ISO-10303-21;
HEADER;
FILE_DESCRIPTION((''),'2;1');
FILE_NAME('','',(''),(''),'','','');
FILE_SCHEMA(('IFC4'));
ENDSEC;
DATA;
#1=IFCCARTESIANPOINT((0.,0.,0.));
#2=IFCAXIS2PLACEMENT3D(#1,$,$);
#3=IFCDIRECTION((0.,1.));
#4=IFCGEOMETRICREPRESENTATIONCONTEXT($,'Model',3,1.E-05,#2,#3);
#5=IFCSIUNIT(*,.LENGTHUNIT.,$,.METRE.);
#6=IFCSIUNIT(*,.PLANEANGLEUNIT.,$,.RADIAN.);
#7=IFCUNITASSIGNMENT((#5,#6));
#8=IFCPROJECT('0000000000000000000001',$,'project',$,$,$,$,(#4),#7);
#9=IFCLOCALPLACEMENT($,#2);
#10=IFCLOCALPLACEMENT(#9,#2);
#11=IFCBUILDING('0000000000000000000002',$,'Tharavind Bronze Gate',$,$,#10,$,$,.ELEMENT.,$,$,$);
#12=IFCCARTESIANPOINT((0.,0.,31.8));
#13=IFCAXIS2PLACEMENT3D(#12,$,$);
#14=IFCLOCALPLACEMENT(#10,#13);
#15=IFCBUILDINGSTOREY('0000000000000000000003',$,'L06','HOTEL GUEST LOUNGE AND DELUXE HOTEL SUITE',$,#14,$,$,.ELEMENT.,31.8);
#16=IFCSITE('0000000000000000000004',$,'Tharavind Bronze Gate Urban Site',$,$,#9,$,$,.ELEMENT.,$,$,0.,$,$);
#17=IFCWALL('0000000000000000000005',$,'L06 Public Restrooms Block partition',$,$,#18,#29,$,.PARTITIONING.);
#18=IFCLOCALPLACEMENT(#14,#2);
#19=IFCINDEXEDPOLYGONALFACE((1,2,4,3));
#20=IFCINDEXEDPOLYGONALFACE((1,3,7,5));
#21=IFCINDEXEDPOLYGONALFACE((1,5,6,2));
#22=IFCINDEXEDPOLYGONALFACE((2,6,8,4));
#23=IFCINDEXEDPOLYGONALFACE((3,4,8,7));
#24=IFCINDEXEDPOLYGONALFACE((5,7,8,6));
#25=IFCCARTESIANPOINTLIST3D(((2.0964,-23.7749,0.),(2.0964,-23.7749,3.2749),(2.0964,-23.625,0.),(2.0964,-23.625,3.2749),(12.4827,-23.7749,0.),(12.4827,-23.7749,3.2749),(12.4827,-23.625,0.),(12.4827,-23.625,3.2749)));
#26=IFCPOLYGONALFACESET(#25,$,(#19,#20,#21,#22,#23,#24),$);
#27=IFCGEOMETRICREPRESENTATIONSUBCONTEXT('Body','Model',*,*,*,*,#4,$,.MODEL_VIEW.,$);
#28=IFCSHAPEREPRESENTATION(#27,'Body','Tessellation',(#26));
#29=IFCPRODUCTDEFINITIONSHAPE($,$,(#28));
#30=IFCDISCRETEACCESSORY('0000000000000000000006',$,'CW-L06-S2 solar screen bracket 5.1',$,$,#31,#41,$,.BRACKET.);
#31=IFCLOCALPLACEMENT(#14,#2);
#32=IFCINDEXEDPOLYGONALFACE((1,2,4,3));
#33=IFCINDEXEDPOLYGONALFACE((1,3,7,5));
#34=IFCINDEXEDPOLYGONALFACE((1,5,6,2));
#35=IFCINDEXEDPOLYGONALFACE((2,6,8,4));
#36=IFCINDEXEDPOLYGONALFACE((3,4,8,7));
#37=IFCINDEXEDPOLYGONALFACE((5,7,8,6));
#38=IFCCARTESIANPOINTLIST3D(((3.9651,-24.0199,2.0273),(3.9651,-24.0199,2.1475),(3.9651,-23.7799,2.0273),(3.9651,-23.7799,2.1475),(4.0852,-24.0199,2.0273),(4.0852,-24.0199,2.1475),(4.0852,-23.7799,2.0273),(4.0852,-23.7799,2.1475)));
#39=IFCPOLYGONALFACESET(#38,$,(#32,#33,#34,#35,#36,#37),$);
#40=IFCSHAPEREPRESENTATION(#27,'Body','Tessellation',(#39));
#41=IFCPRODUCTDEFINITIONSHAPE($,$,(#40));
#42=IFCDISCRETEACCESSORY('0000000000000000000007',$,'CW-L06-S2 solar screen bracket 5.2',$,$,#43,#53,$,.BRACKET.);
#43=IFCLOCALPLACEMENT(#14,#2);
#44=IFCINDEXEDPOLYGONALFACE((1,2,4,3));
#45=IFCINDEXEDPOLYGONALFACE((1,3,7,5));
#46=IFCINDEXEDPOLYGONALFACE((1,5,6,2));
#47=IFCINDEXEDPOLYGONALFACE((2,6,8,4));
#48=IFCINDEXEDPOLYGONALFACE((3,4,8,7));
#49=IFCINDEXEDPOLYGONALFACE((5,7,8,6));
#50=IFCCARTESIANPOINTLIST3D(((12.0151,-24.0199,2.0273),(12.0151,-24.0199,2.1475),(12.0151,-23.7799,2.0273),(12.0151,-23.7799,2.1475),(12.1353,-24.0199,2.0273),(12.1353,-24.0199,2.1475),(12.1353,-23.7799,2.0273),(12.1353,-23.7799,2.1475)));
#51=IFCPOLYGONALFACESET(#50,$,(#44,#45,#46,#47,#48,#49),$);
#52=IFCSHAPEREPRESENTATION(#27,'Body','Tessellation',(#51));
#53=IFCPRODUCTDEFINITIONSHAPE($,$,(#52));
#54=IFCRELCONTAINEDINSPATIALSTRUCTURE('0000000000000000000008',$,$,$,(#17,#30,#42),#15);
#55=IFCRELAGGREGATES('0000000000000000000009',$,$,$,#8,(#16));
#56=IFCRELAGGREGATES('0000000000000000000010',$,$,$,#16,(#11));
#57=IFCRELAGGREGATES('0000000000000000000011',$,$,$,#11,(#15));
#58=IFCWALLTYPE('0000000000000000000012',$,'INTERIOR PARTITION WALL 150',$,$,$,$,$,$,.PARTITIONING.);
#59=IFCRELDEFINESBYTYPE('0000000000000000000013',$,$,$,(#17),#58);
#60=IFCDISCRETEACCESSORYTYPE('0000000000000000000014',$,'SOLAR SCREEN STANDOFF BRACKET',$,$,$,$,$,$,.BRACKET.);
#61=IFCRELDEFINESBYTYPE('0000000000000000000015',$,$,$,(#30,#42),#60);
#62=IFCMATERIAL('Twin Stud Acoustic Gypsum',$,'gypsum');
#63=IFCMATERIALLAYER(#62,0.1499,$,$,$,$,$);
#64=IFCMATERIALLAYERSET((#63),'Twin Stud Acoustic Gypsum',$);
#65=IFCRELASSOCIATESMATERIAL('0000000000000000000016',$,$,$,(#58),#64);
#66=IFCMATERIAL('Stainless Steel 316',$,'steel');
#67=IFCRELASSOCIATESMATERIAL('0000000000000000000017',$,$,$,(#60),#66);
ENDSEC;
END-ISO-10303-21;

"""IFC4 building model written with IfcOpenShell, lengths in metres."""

from ifc_helpers import new_model, si_unit, direction, frame, frame_2d, origin, origin_2d, place, context, subcontext, project, spatial, rectangle, extrude, material, layer, layer_set, type_object, element, save


model = new_model("IFC4")

# Units and contexts
model_context = context("Model", 3, precision=1e-05, world=origin(), true_north=direction((0.0, 1.0)))
body_context = subcontext(model_context, "Body", "Model", "MODEL_VIEW")
ifc_project = project(units=[si_unit("LENGTHUNIT", "METRE"), si_unit("PLANEANGLEUNIT", "RADIAN")], contexts=[model_context])

# Site, building, storey
site_placement = place(None, origin())
site = spatial("IfcSite", under=ifc_project, at=site_placement, Name="Tharavind Bronze Gate Urban Site", CompositionType="ELEMENT", RefElevation=0.0)
building_placement = place(site_placement, origin())
building = spatial("IfcBuilding", under=site, at=building_placement, Name="Tharavind Bronze Gate", CompositionType="ELEMENT")
storey_placement = place(building_placement, frame((0.0, 0.0, 31.8)))
storey = spatial("IfcBuildingStorey", under=building, at=storey_placement, Name="L06", Description="HOTEL GUEST LOUNGE AND DELUXE HOTEL SUITE", CompositionType="ELEMENT", Elevation=31.8)

# Wall
ifc_material_1 = material(Name="Twin Stud Acoustic Gypsum", Category="gypsum")
ifc_layer_1 = layer(ifc_material_1, 0.1499)
ifc_layer_set_1 = layer_set([ifc_layer_1], Name="Twin Stud Acoustic Gypsum")
wall_type_1 = type_object("IfcWallType", Name="INTERIOR PARTITION WALL 150", PredefinedType="PARTITIONING", material=ifc_layer_set_1)
wall_1_placement = place(storey_placement, frame((12.4827, -23.7, 0.0), z_axis=(0.0, 0.0, 1.0), x_axis=(-1.0, 0.0, 0.0)))
element("IfcWall", 1, at=wall_1_placement, inside=storey, type_object=wall_type_1, Name="L06 Public Restrooms Block partition", PredefinedType="PARTITIONING", context=body_context, shape_type="SweptSolid", body=[
    extrude(rectangle(XDim=10.3862, YDim=0.1499, at=frame_2d((5.1931, 0.0))), origin(), (0.0, 0.0, 1.0), 3.2749),
])

# Discrete accessories
ifc_material_2 = material(Name="Stainless Steel 316", Category="steel")
discrete_accessory_type = type_object("IfcDiscreteAccessoryType", Name="SOLAR SCREEN STANDOFF BRACKET", PredefinedType="BRACKET", material=ifc_material_2)
for number, where, z_axis, x_axis, name in (
    (2, (4.0251, -23.8999, 2.0273), (0.0, 0.0, 1.0), (1.0, 0.0, 0.0), "CW-L06-S2 solar screen bracket 5.1"),
    (3, (12.0752, -23.8999, 2.0273), (0.0, 0.0, 1.0), (1.0, 0.0, 0.0), "CW-L06-S2 solar screen bracket 5.2"),
):
    element("IfcDiscreteAccessory", number, at=place(storey_placement, frame(where, z_axis=z_axis, x_axis=x_axis)), inside=storey, type_object=discrete_accessory_type, Name=name, PredefinedType="BRACKET", context=body_context, shape_type="SweptSolid", body=[
        extrude(rectangle(XDim=0.1201, YDim=0.24, at=origin_2d()), origin(), (0.0, 0.0, 1.0), 0.1201),
    ])

save(model, "model.ifc")
